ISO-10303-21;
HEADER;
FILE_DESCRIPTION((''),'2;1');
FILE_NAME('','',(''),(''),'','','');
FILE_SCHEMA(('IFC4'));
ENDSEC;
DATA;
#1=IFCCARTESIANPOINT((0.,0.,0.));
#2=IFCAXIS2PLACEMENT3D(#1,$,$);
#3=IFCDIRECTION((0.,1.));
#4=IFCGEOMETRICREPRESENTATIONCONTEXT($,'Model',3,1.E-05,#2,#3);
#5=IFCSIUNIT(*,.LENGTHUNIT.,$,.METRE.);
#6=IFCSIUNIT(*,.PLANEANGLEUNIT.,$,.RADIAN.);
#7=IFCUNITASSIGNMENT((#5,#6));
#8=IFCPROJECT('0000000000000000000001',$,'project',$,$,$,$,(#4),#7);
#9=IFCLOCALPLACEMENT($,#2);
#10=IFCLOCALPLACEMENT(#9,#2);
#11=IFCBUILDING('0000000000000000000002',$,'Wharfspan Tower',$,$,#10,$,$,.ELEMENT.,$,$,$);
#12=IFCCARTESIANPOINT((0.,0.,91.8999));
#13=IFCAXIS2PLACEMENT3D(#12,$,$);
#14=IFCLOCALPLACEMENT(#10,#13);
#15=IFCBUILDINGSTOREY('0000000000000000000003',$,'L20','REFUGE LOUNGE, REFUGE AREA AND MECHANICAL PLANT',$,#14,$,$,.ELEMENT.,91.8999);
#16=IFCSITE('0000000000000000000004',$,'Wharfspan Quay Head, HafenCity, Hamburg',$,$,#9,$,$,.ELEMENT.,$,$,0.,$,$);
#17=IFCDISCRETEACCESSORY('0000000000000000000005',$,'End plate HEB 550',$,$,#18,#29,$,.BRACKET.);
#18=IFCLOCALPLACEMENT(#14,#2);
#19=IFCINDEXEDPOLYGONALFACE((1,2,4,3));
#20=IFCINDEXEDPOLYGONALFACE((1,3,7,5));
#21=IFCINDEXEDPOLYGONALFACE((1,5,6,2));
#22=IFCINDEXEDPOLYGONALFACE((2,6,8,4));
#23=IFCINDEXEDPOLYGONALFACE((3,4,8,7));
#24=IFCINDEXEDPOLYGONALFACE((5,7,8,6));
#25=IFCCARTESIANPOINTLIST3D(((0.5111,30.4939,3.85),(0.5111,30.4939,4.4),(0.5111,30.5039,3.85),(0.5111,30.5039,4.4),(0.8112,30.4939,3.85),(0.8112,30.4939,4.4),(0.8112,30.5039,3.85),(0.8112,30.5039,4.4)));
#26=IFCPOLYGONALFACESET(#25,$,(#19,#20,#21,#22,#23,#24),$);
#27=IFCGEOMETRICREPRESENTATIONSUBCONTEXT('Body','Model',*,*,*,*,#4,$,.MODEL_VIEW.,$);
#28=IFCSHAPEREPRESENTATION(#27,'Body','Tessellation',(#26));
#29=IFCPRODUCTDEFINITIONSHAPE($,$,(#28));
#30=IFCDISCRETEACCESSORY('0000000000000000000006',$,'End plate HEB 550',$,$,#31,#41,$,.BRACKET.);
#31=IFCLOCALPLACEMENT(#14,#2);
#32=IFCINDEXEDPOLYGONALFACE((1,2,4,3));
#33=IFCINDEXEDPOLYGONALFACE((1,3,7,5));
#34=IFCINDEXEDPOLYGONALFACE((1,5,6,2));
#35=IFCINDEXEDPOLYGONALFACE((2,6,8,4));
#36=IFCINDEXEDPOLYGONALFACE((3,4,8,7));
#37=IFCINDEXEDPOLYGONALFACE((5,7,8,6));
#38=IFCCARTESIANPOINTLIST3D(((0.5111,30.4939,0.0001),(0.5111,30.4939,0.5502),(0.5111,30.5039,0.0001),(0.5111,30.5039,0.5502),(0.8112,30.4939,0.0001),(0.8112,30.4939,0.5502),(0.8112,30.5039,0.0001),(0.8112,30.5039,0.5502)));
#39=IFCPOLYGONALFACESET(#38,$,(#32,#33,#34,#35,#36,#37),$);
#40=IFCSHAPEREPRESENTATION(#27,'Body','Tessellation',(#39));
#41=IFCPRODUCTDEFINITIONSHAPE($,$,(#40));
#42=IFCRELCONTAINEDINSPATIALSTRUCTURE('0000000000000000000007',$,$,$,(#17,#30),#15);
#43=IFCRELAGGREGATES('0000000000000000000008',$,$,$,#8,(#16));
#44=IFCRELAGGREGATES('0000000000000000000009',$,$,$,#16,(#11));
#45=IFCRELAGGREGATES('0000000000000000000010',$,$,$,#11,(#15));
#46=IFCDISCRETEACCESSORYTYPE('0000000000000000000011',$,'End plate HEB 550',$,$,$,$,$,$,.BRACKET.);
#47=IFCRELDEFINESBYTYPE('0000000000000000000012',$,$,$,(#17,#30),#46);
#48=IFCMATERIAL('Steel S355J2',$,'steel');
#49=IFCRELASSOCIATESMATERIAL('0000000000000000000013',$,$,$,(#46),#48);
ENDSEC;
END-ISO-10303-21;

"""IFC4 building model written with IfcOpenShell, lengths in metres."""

from ifc_helpers import new_model, si_unit, direction, frame, origin, origin_2d, place, context, subcontext, project, spatial, rectangle, extrude, material, material_profile, profile_set, type_object, element, save


model = new_model("IFC4")

# Units and contexts
model_context = context("Model", 3, precision=1e-05, world=origin(), true_north=direction((0.0, 1.0)))
body_context = subcontext(model_context, "Body", "Model", "MODEL_VIEW")
ifc_project = project(units=[si_unit("LENGTHUNIT", "METRE"), si_unit("PLANEANGLEUNIT", "RADIAN")], contexts=[model_context])

# Site, building, storey
site_placement = place(None, origin())
site = spatial("IfcSite", under=ifc_project, at=site_placement, Name="Wharfspan Quay Head, HafenCity, Hamburg", CompositionType="ELEMENT", RefElevation=0.0)
building_placement = place(site_placement, origin())
building = spatial("IfcBuilding", under=site, at=building_placement, Name="Wharfspan Tower", CompositionType="ELEMENT")
storey_placement = place(building_placement, frame((0.0, 0.0, 91.8999)))
storey = spatial("IfcBuildingStorey", under=building, at=storey_placement, Name="L20", Description="REFUGE LOUNGE, REFUGE AREA AND MECHANICAL PLANT", CompositionType="ELEMENT", Elevation=91.8999)

# Shared definitions
ifc_material_1 = material(Name="Steel S355J2", Category="steel")

# Discrete accessories
ifc_material_profile_1 = material_profile(ifc_material_1, rectangle(XDim=0.3, YDim=0.55, at=origin_2d()))
ifc_profile_set_1 = profile_set([ifc_material_profile_1], Name="Steel S355J2")
discrete_accessory_type_1 = type_object("IfcDiscreteAccessoryType", Name="End plate HEB 550", PredefinedType="BRACKET", material=ifc_profile_set_1)
for number, where, z_axis, x_axis, name in (
    (1, (0.6611, 30.5039, 4.125), (0.0, -1.0, 0.0), (1.0, 0.0, 0.0), "End plate HEB 550"),
    (2, (0.6611, 30.5039, 0.2751), (0.0, -1.0, 0.0), (1.0, 0.0, 0.0), "End plate HEB 550"),
):
    element("IfcDiscreteAccessory", number, at=place(storey_placement, frame(where, z_axis=z_axis, x_axis=x_axis)), inside=storey, type_object=discrete_accessory_type_1, Name=name, PredefinedType="BRACKET", context=body_context, shape_type="SweptSolid", body=[
        extrude(rectangle(XDim=0.3, YDim=0.55, at=origin_2d()), origin(), (0.0, 0.0, 1.0), 0.01),
    ])

save(model, "model.ifc")
